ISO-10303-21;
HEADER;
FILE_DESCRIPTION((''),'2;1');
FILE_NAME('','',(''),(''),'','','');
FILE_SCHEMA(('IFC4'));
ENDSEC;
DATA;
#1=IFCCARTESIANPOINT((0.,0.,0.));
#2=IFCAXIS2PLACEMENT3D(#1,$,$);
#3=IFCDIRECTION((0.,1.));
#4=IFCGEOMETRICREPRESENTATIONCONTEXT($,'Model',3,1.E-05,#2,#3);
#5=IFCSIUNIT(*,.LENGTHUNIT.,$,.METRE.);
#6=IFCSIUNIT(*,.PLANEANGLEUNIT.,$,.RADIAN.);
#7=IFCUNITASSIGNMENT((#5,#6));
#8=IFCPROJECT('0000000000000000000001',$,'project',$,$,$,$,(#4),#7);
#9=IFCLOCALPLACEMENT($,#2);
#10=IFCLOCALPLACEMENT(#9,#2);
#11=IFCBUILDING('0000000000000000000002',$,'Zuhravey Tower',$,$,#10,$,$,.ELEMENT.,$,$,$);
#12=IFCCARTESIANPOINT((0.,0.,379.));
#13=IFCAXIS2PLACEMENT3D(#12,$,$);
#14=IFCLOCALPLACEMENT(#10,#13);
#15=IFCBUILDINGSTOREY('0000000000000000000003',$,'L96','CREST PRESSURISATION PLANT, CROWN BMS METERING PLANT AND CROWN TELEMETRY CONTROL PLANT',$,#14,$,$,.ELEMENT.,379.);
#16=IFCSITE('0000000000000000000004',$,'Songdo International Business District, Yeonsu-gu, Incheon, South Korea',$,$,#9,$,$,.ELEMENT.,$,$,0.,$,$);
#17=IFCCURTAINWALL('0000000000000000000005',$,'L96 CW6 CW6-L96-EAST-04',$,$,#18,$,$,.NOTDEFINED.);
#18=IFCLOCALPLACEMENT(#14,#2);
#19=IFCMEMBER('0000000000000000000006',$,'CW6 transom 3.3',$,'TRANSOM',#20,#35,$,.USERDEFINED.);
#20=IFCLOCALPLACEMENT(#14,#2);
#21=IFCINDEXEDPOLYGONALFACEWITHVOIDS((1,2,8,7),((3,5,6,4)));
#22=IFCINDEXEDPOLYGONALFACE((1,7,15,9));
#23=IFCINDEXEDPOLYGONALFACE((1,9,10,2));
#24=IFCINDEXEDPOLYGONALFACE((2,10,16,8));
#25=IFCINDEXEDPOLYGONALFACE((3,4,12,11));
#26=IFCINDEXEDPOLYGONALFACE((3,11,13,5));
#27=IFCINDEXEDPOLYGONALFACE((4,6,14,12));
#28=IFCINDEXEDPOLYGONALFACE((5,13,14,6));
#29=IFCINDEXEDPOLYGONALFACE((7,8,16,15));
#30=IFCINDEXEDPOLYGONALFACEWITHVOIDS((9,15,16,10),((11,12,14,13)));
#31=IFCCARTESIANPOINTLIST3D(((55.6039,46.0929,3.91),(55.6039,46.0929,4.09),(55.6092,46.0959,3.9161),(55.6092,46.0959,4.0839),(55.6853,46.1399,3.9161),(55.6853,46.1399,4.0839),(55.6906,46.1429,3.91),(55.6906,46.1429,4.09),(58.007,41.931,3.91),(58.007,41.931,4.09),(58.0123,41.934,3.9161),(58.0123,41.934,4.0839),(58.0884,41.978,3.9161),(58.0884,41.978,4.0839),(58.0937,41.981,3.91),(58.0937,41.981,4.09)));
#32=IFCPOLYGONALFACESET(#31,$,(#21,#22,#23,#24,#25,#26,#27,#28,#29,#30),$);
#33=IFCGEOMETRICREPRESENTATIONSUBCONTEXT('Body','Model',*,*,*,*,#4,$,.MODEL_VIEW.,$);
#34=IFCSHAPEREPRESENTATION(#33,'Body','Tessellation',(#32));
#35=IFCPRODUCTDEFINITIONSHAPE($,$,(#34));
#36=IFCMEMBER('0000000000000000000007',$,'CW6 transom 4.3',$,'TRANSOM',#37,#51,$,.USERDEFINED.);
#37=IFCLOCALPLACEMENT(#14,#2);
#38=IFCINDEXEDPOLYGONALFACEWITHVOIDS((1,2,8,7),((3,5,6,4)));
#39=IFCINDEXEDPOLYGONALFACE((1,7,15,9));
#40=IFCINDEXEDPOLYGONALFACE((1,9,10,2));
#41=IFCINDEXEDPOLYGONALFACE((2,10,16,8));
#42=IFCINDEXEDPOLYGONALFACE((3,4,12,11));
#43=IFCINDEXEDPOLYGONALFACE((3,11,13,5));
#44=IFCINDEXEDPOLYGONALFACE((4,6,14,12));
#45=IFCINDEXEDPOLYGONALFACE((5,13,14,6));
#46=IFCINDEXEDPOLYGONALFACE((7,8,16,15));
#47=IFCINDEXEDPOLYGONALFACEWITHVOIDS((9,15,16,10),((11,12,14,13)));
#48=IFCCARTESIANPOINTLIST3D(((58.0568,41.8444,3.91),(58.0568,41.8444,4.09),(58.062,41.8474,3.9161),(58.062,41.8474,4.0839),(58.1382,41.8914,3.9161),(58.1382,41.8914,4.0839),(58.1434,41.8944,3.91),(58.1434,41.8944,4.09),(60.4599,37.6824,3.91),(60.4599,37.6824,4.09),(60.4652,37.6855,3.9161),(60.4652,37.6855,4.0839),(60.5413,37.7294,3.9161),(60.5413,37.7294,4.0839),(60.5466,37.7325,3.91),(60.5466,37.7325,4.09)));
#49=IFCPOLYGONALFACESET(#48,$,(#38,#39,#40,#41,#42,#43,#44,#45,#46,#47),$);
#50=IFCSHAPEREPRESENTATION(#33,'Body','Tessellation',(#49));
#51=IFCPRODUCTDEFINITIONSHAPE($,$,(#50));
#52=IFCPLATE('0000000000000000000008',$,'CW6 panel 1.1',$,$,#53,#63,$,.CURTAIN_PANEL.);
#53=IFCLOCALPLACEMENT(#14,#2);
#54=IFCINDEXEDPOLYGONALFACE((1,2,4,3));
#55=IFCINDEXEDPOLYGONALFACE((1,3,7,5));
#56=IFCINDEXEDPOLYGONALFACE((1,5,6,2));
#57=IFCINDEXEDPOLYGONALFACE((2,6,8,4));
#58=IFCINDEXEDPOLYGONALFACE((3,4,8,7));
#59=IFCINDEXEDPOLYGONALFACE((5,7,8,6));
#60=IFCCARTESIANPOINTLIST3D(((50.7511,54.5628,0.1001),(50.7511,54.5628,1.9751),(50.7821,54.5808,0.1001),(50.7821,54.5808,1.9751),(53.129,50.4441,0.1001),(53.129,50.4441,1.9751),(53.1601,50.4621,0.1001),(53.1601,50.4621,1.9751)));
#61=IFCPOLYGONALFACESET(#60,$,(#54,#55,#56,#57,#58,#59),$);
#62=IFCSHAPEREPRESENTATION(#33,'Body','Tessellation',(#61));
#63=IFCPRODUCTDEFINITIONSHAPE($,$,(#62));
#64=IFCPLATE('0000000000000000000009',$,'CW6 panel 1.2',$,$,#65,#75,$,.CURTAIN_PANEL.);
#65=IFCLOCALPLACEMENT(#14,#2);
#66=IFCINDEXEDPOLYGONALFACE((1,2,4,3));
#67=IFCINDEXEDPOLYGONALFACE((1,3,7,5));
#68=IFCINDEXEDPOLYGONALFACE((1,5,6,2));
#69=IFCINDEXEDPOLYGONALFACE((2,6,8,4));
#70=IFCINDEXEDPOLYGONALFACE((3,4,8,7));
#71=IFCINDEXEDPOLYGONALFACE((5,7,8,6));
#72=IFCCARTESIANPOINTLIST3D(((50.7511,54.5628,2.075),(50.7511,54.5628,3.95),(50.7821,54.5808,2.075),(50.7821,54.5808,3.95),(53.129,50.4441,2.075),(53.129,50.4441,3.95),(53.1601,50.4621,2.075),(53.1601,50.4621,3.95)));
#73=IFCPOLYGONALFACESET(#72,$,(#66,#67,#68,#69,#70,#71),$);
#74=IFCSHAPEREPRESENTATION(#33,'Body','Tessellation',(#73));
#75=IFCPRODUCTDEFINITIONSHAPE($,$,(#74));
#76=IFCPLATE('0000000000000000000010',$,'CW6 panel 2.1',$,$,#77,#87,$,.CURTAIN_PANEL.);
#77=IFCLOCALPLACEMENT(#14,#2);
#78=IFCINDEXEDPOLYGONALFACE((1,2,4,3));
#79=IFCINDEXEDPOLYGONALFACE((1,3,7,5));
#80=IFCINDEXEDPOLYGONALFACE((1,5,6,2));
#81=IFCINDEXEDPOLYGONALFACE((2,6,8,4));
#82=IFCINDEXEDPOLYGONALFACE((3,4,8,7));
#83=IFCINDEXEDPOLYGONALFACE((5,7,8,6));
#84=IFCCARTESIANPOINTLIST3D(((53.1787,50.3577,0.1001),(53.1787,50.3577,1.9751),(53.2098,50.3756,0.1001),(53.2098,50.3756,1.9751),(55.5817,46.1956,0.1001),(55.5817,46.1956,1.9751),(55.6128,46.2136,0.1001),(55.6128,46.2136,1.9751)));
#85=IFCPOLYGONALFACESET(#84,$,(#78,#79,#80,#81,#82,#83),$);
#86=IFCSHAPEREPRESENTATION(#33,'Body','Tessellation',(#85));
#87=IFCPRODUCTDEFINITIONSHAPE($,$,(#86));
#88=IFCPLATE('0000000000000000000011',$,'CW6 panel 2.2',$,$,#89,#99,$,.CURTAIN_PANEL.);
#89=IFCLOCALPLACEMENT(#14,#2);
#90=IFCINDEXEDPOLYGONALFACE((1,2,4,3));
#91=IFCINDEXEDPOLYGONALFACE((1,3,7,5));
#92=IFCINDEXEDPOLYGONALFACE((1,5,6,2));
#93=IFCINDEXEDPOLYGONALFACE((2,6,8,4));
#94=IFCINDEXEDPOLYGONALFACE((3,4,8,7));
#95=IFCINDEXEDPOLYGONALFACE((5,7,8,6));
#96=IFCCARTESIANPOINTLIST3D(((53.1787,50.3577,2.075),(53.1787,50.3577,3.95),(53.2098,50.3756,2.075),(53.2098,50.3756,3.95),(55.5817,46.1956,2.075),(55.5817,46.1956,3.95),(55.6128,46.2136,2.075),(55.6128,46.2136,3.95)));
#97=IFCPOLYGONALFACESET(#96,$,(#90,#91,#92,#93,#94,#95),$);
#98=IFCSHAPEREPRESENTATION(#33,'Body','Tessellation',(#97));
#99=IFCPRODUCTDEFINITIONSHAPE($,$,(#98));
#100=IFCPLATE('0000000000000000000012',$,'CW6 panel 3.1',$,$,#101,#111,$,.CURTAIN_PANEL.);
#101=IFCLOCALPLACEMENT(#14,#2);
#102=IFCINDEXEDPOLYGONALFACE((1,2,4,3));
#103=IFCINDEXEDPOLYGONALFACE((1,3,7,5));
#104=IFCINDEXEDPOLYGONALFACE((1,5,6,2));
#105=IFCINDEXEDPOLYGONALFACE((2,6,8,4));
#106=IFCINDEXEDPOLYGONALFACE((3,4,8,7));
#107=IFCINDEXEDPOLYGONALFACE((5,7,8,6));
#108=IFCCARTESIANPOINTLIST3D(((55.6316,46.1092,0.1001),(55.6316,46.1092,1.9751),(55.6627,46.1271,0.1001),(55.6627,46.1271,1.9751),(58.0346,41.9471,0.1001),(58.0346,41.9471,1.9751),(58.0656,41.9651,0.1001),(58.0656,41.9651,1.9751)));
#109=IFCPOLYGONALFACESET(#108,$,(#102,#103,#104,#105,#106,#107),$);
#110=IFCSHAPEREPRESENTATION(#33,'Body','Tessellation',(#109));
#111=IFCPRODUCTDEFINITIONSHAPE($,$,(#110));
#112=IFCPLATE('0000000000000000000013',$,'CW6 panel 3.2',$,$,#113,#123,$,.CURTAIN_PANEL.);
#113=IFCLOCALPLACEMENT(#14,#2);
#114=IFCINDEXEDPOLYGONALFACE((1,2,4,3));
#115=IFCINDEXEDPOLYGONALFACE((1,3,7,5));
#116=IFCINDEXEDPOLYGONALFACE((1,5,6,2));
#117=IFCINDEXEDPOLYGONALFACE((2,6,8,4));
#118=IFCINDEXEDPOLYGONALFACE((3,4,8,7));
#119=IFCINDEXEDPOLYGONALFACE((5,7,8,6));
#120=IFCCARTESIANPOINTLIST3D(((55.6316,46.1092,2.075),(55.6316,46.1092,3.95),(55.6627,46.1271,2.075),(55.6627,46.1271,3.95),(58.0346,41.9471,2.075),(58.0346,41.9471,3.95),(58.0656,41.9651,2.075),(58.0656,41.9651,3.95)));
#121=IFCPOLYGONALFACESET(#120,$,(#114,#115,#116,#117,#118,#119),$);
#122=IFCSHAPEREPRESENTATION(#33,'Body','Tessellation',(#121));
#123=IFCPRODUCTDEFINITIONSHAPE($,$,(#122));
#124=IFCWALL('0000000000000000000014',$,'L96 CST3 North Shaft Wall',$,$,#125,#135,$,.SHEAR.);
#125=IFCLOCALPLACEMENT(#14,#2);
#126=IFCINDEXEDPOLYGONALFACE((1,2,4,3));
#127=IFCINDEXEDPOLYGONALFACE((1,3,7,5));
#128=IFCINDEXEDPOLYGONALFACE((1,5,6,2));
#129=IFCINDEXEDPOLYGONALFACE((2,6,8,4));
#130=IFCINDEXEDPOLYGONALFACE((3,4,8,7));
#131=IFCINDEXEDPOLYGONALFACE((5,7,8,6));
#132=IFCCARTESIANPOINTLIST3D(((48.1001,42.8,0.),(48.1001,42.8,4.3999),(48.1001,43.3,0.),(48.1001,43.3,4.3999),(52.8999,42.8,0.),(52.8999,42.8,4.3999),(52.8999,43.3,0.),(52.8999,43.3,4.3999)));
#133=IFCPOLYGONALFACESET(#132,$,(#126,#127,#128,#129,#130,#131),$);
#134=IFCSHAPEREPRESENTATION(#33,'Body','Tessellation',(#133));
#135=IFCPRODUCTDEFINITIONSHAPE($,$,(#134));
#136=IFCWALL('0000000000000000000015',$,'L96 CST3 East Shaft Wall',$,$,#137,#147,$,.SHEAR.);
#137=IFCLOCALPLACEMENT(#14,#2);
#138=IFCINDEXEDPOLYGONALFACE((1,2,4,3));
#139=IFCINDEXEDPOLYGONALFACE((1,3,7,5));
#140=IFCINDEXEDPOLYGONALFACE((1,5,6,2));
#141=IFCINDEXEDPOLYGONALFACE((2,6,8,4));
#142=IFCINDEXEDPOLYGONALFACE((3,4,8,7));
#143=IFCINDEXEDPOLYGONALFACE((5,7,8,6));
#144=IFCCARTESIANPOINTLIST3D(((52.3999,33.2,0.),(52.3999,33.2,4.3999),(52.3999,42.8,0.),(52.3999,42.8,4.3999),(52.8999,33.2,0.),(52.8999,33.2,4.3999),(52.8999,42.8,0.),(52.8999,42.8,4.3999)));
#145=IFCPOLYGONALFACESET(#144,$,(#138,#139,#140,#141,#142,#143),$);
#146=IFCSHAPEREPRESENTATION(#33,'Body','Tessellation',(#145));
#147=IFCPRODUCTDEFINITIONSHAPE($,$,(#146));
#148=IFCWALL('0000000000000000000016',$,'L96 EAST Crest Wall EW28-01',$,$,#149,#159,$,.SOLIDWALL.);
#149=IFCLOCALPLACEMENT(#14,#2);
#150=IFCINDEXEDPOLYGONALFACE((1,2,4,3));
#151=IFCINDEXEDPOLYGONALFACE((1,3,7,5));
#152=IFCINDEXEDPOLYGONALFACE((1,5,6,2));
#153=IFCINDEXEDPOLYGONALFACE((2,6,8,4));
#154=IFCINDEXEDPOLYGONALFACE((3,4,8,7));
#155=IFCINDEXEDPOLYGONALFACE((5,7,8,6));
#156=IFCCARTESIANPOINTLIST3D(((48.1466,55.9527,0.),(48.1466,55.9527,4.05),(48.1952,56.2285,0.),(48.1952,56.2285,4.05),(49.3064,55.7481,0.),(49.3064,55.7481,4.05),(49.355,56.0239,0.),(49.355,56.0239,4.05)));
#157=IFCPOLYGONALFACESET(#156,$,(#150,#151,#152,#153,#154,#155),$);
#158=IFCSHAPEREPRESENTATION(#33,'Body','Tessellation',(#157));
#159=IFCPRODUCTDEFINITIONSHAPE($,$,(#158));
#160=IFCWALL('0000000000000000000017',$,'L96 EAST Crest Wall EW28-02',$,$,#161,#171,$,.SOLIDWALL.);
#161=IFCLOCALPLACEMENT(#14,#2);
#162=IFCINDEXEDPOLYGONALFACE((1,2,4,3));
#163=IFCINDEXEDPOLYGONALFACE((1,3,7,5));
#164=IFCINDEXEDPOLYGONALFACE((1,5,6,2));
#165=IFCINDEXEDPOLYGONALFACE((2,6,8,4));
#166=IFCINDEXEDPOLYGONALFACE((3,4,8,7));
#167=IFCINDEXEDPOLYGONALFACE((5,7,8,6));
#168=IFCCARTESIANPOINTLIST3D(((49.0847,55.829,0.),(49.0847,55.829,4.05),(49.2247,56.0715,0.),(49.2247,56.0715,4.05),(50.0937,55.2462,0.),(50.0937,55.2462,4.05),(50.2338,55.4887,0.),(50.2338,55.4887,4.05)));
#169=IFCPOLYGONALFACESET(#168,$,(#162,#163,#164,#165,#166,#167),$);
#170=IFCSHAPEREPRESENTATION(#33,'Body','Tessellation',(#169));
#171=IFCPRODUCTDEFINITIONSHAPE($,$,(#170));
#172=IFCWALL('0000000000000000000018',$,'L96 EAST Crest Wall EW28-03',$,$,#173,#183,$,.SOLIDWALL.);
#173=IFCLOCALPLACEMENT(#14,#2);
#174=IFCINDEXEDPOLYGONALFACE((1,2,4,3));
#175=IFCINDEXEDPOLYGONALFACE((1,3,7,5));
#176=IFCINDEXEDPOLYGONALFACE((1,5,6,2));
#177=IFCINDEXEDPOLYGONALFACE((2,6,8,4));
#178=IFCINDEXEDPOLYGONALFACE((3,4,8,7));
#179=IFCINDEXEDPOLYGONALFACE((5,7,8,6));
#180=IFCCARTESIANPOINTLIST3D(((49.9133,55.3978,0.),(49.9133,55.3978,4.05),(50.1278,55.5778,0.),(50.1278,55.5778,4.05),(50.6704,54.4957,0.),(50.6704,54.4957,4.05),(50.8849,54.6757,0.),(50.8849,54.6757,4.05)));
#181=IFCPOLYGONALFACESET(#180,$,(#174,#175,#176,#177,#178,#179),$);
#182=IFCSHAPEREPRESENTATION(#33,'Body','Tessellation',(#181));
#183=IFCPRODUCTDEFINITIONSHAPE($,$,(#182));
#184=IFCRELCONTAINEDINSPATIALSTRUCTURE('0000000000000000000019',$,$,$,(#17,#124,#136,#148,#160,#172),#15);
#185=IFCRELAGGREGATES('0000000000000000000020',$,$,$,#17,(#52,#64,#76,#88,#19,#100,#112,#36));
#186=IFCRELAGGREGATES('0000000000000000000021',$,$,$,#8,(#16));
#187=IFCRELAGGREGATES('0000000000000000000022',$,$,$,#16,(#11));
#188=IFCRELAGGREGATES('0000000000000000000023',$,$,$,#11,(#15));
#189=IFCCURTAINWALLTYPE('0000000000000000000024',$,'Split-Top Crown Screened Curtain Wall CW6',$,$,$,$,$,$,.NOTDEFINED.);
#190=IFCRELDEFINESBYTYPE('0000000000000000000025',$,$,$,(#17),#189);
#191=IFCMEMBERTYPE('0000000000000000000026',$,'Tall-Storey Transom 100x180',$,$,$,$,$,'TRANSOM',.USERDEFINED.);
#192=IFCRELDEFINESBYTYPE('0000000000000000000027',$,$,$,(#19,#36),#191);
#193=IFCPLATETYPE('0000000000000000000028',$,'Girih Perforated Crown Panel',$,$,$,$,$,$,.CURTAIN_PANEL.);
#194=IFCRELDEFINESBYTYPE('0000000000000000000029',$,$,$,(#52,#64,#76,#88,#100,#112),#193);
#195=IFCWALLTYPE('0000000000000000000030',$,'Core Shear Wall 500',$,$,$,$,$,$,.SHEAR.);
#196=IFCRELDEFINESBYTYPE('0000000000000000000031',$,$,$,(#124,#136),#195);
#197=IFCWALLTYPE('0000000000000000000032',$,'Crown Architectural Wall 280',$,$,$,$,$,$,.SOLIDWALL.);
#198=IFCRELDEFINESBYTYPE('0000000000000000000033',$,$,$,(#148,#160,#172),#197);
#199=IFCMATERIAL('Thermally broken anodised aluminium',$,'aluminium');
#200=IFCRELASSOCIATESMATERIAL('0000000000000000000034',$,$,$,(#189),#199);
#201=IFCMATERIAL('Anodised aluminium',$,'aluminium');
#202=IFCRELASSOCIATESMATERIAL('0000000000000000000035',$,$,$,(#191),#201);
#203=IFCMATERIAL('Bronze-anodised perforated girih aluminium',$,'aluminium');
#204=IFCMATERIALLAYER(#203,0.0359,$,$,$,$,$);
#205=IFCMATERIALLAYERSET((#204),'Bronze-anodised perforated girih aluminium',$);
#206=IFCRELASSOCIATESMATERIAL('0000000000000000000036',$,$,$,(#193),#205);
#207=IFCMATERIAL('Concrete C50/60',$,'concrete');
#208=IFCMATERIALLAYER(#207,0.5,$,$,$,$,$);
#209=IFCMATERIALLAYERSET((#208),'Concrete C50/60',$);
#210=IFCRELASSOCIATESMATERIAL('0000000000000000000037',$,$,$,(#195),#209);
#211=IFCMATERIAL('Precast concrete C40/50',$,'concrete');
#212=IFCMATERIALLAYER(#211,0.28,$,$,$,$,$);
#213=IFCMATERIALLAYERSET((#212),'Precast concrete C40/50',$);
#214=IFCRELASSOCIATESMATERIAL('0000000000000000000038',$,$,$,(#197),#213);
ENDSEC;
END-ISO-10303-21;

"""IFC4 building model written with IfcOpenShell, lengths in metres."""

from ifc_helpers import new_model, si_unit, direction, frame, frame_2d, origin, origin_2d, place, context, subcontext, project, spatial, rectangle, hollow_rectangle, extrude, material, layer, layer_set, material_profile, profile_set, type_object, element, aggregate, save


model = new_model("IFC4")

# Units and contexts
model_context = context("Model", 3, precision=1e-05, world=origin(), true_north=direction((0.0, 1.0)))
body_context = subcontext(model_context, "Body", "Model", "MODEL_VIEW")
ifc_project = project(units=[si_unit("LENGTHUNIT", "METRE"), si_unit("PLANEANGLEUNIT", "RADIAN")], contexts=[model_context])

# Site, building, storey
site_placement = place(None, origin())
site = spatial("IfcSite", under=ifc_project, at=site_placement, Name="Songdo International Business District, Yeonsu-gu, Incheon, South Korea", CompositionType="ELEMENT", RefElevation=0.0)
building_placement = place(site_placement, origin())
building = spatial("IfcBuilding", under=site, at=building_placement, Name="Zuhravey Tower", CompositionType="ELEMENT")
storey_placement = place(building_placement, frame((0.0, 0.0, 379.0)))
storey = spatial("IfcBuildingStorey", under=building, at=storey_placement, Name="L96", Description="CREST PRESSURISATION PLANT, CROWN BMS METERING PLANT AND CROWN TELEMETRY CONTROL PLANT", CompositionType="ELEMENT", Elevation=379.0)

# Curtain wall
ifc_material_1 = material(Name="Thermally broken anodised aluminium", Category="aluminium")
curtain_wall_type = type_object("IfcCurtainWallType", Name="Split-Top Crown Screened Curtain Wall CW6", PredefinedType="NOTDEFINED", material=ifc_material_1)
curtain_wall_placement = place(storey_placement, origin())
curtain_wall = element("IfcCurtainWall", 1, at=curtain_wall_placement, inside=storey, type_object=curtain_wall_type, Name="L96 CW6 CW6-L96-EAST-04", PredefinedType="NOTDEFINED")
ifc_material_2 = material(Name="Anodised aluminium", Category="aluminium")

# Members
ifc_material_profile_1 = material_profile(ifc_material_2, hollow_rectangle(XDim=0.1001, YDim=0.1799, WallThickness=0.0061, at=origin_2d()), Name="ALU-RHS-100x180x6")
ifc_profile_set_1 = profile_set([ifc_material_profile_1], Name="Anodised aluminium")
member_type_1 = type_object("IfcMemberType", Name="Tall-Storey Transom 100x180", ElementType="TRANSOM", PredefinedType="USERDEFINED", material=ifc_profile_set_1)
member_1_placement = place(storey_placement, frame((55.6472, 46.1179, 4.0), z_axis=(0.500035, -0.866005, 0.0), x_axis=(0.866005, 0.500035, 0.0)))
member_1 = element("IfcMember", 2, at=member_1_placement, type_object=member_type_1, Name="CW6 transom 3.3", ObjectType="TRANSOM", PredefinedType="USERDEFINED", context=body_context, shape_type="SweptSolid", body=[
    extrude(hollow_rectangle(XDim=0.1001, YDim=0.1799, WallThickness=0.0061, at=origin_2d()), origin(), (0.0, 0.0, 1.0), 4.8059),
])
member_2_placement = place(storey_placement, frame((58.1001, 41.8694, 4.0), z_axis=(0.500035, -0.866005, 0.0), x_axis=(0.866005, 0.500035, 0.0)))
member_2 = element("IfcMember", 3, at=member_2_placement, type_object=member_type_1, Name="CW6 transom 4.3", ObjectType="TRANSOM", PredefinedType="USERDEFINED", context=body_context, shape_type="SweptSolid", body=[
    extrude(hollow_rectangle(XDim=0.1001, YDim=0.1799, WallThickness=0.0061, at=origin_2d()), origin(), (0.0, 0.0, 1.0), 4.8059),
])

# Plates
ifc_material_3 = material(Name="Bronze-anodised perforated girih aluminium", Category="aluminium")
ifc_layer_1 = layer(ifc_material_3, 0.0359)
ifc_layer_set_1 = layer_set([ifc_layer_1], Name="Bronze-anodised perforated girih aluminium")
plate_type = type_object("IfcPlateType", Name="Girih Perforated Crown Panel", PredefinedType="CURTAIN_PANEL", material=ifc_layer_set_1)
plate_1_placement = place(storey_placement, frame((51.9556, 52.5125, 0.1001), z_axis=(0.0, 0.0, 1.0), x_axis=(0.499997, -0.866027, 0.0)))
plate_1 = element("IfcPlate", 4, at=plate_1_placement, type_object=plate_type, Name="CW6 panel 1.1", PredefinedType="CURTAIN_PANEL", context=body_context, shape_type="SweptSolid", body=[
    extrude(rectangle(XDim=4.7559, YDim=0.0359, at=origin_2d()), origin(), (0.0, 0.0, 1.0), 1.875),
])
plate_2_placement = place(storey_placement, frame((51.9556, 52.5125, 2.075), z_axis=(0.0, 0.0, 1.0), x_axis=(0.499997, -0.866027, 0.0)))
plate_2 = element("IfcPlate", 5, at=plate_2_placement, type_object=plate_type, Name="CW6 panel 1.2", PredefinedType="CURTAIN_PANEL", context=body_context, shape_type="SweptSolid", body=[
    extrude(rectangle(XDim=4.7559, YDim=0.0359, at=origin_2d()), origin(), (0.0, 0.0, 1.0), 1.875),
])
plate_3_placement = place(storey_placement, frame((54.3958, 48.2856, 0.1001), z_axis=(0.0, 0.0, 1.0), x_axis=(0.499997, -0.866027, 0.0)))
plate_3 = element("IfcPlate", 6, at=plate_3_placement, type_object=plate_type, Name="CW6 panel 2.1", PredefinedType="CURTAIN_PANEL", context=body_context, shape_type="SweptSolid", body=[
    extrude(rectangle(XDim=4.8059, YDim=0.0359, at=origin_2d()), origin(), (0.0, 0.0, 1.0), 1.875),
])
plate_4_placement = place(storey_placement, frame((54.3958, 48.2856, 2.075), z_axis=(0.0, 0.0, 1.0), x_axis=(0.499997, -0.866027, 0.0)))
plate_4 = element("IfcPlate", 7, at=plate_4_placement, type_object=plate_type, Name="CW6 panel 2.2", PredefinedType="CURTAIN_PANEL", context=body_context, shape_type="SweptSolid", body=[
    extrude(rectangle(XDim=4.8059, YDim=0.0359, at=origin_2d()), origin(), (0.0, 0.0, 1.0), 1.875),
])
plate_5_placement = place(storey_placement, frame((56.8486, 44.0371, 0.1001), z_axis=(0.0, 0.0, 1.0), x_axis=(0.499997, -0.866027, 0.0)))
plate_5 = element("IfcPlate", 8, at=plate_5_placement, type_object=plate_type, Name="CW6 panel 3.1", PredefinedType="CURTAIN_PANEL", context=body_context, shape_type="SweptSolid", body=[
    extrude(rectangle(XDim=4.8059, YDim=0.0359, at=origin_2d()), origin(), (0.0, 0.0, 1.0), 1.875),
])
plate_6_placement = place(storey_placement, frame((56.8486, 44.0371, 2.075), z_axis=(0.0, 0.0, 1.0), x_axis=(0.499997, -0.866027, 0.0)))
plate_6 = element("IfcPlate", 9, at=plate_6_placement, type_object=plate_type, Name="CW6 panel 3.2", PredefinedType="CURTAIN_PANEL", context=body_context, shape_type="SweptSolid", body=[
    extrude(rectangle(XDim=4.8059, YDim=0.0359, at=origin_2d()), origin(), (0.0, 0.0, 1.0), 1.875),
])
aggregate(curtain_wall, [plate_1, plate_2, plate_3, plate_4, member_1, plate_5, plate_6, member_2])

# Walls
ifc_material_4 = material(Name="Concrete C50/60", Category="concrete")
ifc_layer_2 = layer(ifc_material_4, 0.5)
ifc_layer_set_2 = layer_set([ifc_layer_2], Name="Concrete C50/60")
wall_type_1 = type_object("IfcWallType", Name="Core Shear Wall 500", PredefinedType="SHEAR", material=ifc_layer_set_2)
wall_1_placement = place(storey_placement, frame((52.8999, 43.05, 0.0), z_axis=(0.0, 0.0, 1.0), x_axis=(-1.0, 0.0, 0.0)))
element("IfcWall", 10, at=wall_1_placement, inside=storey, type_object=wall_type_1, Name="L96 CST3 North Shaft Wall", PredefinedType="SHEAR", context=body_context, shape_type="SweptSolid", body=[
    extrude(rectangle(XDim=4.7998, YDim=0.5, at=frame_2d((2.3999, 0.0))), origin(), (0.0, 0.0, 1.0), 4.3999),
])
wall_2_placement = place(storey_placement, frame((52.6499, 42.8, 0.0), z_axis=(0.0, 0.0, 1.0), x_axis=(0.0, -1.0, 0.0)))
element("IfcWall", 11, at=wall_2_placement, inside=storey, type_object=wall_type_1, Name="L96 CST3 East Shaft Wall", PredefinedType="SHEAR", context=body_context, shape_type="SweptSolid", body=[
    extrude(rectangle(XDim=9.6001, YDim=0.5, at=frame_2d((4.8, 0.0))), origin(), (0.0, 0.0, 1.0), 4.3999),
])
ifc_material_5 = material(Name="Precast concrete C40/50", Category="concrete")
ifc_layer_3 = layer(ifc_material_5, 0.28)
ifc_layer_set_3 = layer_set([ifc_layer_3], Name="Precast concrete C40/50")
wall_type_2 = type_object("IfcWallType", Name="Crown Architectural Wall 280", PredefinedType="SOLIDWALL", material=ifc_layer_set_3)
wall_3_placement = place(storey_placement, frame((48.1709, 56.0906, 0.0), z_axis=(0.0, 0.0, 1.0), x_axis=(0.984798, -0.173703, 0.0)))
element("IfcWall", 12, at=wall_3_placement, inside=storey, type_object=wall_type_2, Name="L96 EAST Crest Wall EW28-01", PredefinedType="SOLIDWALL", context=body_context, shape_type="SweptSolid", body=[
    extrude(rectangle(XDim=1.1777, YDim=0.28, at=frame_2d((0.5889, 0.0))), origin(), (0.0, 0.0, 1.0), 4.05),
])
wall_4_placement = place(storey_placement, frame((49.1548, 55.9502, 0.0), z_axis=(0.0, 0.0, 1.0), x_axis=(0.865952, -0.500127, 0.0)))
element("IfcWall", 13, at=wall_4_placement, inside=storey, type_object=wall_type_2, Name="L96 EAST Crest Wall EW28-02", PredefinedType="SOLIDWALL", context=body_context, shape_type="SweptSolid", body=[
    extrude(rectangle(XDim=1.1653, YDim=0.28, at=frame_2d((0.5825, 0.0))), origin(), (0.0, 0.0, 1.0), 4.05),
])
wall_5_placement = place(storey_placement, frame((50.0205, 55.4878, 0.0), z_axis=(0.0, 0.0, 1.0), x_axis=(0.642852, -0.765991, 0.0)))
element("IfcWall", 14, at=wall_5_placement, inside=storey, type_object=wall_type_2, Name="L96 EAST Crest Wall EW28-03", PredefinedType="SOLIDWALL", context=body_context, shape_type="SweptSolid", body=[
    extrude(rectangle(XDim=1.1777, YDim=0.28, at=frame_2d((0.5889, 0.0))), origin(), (0.0, 0.0, 1.0), 4.05),
])

save(model, "model.ifc")
